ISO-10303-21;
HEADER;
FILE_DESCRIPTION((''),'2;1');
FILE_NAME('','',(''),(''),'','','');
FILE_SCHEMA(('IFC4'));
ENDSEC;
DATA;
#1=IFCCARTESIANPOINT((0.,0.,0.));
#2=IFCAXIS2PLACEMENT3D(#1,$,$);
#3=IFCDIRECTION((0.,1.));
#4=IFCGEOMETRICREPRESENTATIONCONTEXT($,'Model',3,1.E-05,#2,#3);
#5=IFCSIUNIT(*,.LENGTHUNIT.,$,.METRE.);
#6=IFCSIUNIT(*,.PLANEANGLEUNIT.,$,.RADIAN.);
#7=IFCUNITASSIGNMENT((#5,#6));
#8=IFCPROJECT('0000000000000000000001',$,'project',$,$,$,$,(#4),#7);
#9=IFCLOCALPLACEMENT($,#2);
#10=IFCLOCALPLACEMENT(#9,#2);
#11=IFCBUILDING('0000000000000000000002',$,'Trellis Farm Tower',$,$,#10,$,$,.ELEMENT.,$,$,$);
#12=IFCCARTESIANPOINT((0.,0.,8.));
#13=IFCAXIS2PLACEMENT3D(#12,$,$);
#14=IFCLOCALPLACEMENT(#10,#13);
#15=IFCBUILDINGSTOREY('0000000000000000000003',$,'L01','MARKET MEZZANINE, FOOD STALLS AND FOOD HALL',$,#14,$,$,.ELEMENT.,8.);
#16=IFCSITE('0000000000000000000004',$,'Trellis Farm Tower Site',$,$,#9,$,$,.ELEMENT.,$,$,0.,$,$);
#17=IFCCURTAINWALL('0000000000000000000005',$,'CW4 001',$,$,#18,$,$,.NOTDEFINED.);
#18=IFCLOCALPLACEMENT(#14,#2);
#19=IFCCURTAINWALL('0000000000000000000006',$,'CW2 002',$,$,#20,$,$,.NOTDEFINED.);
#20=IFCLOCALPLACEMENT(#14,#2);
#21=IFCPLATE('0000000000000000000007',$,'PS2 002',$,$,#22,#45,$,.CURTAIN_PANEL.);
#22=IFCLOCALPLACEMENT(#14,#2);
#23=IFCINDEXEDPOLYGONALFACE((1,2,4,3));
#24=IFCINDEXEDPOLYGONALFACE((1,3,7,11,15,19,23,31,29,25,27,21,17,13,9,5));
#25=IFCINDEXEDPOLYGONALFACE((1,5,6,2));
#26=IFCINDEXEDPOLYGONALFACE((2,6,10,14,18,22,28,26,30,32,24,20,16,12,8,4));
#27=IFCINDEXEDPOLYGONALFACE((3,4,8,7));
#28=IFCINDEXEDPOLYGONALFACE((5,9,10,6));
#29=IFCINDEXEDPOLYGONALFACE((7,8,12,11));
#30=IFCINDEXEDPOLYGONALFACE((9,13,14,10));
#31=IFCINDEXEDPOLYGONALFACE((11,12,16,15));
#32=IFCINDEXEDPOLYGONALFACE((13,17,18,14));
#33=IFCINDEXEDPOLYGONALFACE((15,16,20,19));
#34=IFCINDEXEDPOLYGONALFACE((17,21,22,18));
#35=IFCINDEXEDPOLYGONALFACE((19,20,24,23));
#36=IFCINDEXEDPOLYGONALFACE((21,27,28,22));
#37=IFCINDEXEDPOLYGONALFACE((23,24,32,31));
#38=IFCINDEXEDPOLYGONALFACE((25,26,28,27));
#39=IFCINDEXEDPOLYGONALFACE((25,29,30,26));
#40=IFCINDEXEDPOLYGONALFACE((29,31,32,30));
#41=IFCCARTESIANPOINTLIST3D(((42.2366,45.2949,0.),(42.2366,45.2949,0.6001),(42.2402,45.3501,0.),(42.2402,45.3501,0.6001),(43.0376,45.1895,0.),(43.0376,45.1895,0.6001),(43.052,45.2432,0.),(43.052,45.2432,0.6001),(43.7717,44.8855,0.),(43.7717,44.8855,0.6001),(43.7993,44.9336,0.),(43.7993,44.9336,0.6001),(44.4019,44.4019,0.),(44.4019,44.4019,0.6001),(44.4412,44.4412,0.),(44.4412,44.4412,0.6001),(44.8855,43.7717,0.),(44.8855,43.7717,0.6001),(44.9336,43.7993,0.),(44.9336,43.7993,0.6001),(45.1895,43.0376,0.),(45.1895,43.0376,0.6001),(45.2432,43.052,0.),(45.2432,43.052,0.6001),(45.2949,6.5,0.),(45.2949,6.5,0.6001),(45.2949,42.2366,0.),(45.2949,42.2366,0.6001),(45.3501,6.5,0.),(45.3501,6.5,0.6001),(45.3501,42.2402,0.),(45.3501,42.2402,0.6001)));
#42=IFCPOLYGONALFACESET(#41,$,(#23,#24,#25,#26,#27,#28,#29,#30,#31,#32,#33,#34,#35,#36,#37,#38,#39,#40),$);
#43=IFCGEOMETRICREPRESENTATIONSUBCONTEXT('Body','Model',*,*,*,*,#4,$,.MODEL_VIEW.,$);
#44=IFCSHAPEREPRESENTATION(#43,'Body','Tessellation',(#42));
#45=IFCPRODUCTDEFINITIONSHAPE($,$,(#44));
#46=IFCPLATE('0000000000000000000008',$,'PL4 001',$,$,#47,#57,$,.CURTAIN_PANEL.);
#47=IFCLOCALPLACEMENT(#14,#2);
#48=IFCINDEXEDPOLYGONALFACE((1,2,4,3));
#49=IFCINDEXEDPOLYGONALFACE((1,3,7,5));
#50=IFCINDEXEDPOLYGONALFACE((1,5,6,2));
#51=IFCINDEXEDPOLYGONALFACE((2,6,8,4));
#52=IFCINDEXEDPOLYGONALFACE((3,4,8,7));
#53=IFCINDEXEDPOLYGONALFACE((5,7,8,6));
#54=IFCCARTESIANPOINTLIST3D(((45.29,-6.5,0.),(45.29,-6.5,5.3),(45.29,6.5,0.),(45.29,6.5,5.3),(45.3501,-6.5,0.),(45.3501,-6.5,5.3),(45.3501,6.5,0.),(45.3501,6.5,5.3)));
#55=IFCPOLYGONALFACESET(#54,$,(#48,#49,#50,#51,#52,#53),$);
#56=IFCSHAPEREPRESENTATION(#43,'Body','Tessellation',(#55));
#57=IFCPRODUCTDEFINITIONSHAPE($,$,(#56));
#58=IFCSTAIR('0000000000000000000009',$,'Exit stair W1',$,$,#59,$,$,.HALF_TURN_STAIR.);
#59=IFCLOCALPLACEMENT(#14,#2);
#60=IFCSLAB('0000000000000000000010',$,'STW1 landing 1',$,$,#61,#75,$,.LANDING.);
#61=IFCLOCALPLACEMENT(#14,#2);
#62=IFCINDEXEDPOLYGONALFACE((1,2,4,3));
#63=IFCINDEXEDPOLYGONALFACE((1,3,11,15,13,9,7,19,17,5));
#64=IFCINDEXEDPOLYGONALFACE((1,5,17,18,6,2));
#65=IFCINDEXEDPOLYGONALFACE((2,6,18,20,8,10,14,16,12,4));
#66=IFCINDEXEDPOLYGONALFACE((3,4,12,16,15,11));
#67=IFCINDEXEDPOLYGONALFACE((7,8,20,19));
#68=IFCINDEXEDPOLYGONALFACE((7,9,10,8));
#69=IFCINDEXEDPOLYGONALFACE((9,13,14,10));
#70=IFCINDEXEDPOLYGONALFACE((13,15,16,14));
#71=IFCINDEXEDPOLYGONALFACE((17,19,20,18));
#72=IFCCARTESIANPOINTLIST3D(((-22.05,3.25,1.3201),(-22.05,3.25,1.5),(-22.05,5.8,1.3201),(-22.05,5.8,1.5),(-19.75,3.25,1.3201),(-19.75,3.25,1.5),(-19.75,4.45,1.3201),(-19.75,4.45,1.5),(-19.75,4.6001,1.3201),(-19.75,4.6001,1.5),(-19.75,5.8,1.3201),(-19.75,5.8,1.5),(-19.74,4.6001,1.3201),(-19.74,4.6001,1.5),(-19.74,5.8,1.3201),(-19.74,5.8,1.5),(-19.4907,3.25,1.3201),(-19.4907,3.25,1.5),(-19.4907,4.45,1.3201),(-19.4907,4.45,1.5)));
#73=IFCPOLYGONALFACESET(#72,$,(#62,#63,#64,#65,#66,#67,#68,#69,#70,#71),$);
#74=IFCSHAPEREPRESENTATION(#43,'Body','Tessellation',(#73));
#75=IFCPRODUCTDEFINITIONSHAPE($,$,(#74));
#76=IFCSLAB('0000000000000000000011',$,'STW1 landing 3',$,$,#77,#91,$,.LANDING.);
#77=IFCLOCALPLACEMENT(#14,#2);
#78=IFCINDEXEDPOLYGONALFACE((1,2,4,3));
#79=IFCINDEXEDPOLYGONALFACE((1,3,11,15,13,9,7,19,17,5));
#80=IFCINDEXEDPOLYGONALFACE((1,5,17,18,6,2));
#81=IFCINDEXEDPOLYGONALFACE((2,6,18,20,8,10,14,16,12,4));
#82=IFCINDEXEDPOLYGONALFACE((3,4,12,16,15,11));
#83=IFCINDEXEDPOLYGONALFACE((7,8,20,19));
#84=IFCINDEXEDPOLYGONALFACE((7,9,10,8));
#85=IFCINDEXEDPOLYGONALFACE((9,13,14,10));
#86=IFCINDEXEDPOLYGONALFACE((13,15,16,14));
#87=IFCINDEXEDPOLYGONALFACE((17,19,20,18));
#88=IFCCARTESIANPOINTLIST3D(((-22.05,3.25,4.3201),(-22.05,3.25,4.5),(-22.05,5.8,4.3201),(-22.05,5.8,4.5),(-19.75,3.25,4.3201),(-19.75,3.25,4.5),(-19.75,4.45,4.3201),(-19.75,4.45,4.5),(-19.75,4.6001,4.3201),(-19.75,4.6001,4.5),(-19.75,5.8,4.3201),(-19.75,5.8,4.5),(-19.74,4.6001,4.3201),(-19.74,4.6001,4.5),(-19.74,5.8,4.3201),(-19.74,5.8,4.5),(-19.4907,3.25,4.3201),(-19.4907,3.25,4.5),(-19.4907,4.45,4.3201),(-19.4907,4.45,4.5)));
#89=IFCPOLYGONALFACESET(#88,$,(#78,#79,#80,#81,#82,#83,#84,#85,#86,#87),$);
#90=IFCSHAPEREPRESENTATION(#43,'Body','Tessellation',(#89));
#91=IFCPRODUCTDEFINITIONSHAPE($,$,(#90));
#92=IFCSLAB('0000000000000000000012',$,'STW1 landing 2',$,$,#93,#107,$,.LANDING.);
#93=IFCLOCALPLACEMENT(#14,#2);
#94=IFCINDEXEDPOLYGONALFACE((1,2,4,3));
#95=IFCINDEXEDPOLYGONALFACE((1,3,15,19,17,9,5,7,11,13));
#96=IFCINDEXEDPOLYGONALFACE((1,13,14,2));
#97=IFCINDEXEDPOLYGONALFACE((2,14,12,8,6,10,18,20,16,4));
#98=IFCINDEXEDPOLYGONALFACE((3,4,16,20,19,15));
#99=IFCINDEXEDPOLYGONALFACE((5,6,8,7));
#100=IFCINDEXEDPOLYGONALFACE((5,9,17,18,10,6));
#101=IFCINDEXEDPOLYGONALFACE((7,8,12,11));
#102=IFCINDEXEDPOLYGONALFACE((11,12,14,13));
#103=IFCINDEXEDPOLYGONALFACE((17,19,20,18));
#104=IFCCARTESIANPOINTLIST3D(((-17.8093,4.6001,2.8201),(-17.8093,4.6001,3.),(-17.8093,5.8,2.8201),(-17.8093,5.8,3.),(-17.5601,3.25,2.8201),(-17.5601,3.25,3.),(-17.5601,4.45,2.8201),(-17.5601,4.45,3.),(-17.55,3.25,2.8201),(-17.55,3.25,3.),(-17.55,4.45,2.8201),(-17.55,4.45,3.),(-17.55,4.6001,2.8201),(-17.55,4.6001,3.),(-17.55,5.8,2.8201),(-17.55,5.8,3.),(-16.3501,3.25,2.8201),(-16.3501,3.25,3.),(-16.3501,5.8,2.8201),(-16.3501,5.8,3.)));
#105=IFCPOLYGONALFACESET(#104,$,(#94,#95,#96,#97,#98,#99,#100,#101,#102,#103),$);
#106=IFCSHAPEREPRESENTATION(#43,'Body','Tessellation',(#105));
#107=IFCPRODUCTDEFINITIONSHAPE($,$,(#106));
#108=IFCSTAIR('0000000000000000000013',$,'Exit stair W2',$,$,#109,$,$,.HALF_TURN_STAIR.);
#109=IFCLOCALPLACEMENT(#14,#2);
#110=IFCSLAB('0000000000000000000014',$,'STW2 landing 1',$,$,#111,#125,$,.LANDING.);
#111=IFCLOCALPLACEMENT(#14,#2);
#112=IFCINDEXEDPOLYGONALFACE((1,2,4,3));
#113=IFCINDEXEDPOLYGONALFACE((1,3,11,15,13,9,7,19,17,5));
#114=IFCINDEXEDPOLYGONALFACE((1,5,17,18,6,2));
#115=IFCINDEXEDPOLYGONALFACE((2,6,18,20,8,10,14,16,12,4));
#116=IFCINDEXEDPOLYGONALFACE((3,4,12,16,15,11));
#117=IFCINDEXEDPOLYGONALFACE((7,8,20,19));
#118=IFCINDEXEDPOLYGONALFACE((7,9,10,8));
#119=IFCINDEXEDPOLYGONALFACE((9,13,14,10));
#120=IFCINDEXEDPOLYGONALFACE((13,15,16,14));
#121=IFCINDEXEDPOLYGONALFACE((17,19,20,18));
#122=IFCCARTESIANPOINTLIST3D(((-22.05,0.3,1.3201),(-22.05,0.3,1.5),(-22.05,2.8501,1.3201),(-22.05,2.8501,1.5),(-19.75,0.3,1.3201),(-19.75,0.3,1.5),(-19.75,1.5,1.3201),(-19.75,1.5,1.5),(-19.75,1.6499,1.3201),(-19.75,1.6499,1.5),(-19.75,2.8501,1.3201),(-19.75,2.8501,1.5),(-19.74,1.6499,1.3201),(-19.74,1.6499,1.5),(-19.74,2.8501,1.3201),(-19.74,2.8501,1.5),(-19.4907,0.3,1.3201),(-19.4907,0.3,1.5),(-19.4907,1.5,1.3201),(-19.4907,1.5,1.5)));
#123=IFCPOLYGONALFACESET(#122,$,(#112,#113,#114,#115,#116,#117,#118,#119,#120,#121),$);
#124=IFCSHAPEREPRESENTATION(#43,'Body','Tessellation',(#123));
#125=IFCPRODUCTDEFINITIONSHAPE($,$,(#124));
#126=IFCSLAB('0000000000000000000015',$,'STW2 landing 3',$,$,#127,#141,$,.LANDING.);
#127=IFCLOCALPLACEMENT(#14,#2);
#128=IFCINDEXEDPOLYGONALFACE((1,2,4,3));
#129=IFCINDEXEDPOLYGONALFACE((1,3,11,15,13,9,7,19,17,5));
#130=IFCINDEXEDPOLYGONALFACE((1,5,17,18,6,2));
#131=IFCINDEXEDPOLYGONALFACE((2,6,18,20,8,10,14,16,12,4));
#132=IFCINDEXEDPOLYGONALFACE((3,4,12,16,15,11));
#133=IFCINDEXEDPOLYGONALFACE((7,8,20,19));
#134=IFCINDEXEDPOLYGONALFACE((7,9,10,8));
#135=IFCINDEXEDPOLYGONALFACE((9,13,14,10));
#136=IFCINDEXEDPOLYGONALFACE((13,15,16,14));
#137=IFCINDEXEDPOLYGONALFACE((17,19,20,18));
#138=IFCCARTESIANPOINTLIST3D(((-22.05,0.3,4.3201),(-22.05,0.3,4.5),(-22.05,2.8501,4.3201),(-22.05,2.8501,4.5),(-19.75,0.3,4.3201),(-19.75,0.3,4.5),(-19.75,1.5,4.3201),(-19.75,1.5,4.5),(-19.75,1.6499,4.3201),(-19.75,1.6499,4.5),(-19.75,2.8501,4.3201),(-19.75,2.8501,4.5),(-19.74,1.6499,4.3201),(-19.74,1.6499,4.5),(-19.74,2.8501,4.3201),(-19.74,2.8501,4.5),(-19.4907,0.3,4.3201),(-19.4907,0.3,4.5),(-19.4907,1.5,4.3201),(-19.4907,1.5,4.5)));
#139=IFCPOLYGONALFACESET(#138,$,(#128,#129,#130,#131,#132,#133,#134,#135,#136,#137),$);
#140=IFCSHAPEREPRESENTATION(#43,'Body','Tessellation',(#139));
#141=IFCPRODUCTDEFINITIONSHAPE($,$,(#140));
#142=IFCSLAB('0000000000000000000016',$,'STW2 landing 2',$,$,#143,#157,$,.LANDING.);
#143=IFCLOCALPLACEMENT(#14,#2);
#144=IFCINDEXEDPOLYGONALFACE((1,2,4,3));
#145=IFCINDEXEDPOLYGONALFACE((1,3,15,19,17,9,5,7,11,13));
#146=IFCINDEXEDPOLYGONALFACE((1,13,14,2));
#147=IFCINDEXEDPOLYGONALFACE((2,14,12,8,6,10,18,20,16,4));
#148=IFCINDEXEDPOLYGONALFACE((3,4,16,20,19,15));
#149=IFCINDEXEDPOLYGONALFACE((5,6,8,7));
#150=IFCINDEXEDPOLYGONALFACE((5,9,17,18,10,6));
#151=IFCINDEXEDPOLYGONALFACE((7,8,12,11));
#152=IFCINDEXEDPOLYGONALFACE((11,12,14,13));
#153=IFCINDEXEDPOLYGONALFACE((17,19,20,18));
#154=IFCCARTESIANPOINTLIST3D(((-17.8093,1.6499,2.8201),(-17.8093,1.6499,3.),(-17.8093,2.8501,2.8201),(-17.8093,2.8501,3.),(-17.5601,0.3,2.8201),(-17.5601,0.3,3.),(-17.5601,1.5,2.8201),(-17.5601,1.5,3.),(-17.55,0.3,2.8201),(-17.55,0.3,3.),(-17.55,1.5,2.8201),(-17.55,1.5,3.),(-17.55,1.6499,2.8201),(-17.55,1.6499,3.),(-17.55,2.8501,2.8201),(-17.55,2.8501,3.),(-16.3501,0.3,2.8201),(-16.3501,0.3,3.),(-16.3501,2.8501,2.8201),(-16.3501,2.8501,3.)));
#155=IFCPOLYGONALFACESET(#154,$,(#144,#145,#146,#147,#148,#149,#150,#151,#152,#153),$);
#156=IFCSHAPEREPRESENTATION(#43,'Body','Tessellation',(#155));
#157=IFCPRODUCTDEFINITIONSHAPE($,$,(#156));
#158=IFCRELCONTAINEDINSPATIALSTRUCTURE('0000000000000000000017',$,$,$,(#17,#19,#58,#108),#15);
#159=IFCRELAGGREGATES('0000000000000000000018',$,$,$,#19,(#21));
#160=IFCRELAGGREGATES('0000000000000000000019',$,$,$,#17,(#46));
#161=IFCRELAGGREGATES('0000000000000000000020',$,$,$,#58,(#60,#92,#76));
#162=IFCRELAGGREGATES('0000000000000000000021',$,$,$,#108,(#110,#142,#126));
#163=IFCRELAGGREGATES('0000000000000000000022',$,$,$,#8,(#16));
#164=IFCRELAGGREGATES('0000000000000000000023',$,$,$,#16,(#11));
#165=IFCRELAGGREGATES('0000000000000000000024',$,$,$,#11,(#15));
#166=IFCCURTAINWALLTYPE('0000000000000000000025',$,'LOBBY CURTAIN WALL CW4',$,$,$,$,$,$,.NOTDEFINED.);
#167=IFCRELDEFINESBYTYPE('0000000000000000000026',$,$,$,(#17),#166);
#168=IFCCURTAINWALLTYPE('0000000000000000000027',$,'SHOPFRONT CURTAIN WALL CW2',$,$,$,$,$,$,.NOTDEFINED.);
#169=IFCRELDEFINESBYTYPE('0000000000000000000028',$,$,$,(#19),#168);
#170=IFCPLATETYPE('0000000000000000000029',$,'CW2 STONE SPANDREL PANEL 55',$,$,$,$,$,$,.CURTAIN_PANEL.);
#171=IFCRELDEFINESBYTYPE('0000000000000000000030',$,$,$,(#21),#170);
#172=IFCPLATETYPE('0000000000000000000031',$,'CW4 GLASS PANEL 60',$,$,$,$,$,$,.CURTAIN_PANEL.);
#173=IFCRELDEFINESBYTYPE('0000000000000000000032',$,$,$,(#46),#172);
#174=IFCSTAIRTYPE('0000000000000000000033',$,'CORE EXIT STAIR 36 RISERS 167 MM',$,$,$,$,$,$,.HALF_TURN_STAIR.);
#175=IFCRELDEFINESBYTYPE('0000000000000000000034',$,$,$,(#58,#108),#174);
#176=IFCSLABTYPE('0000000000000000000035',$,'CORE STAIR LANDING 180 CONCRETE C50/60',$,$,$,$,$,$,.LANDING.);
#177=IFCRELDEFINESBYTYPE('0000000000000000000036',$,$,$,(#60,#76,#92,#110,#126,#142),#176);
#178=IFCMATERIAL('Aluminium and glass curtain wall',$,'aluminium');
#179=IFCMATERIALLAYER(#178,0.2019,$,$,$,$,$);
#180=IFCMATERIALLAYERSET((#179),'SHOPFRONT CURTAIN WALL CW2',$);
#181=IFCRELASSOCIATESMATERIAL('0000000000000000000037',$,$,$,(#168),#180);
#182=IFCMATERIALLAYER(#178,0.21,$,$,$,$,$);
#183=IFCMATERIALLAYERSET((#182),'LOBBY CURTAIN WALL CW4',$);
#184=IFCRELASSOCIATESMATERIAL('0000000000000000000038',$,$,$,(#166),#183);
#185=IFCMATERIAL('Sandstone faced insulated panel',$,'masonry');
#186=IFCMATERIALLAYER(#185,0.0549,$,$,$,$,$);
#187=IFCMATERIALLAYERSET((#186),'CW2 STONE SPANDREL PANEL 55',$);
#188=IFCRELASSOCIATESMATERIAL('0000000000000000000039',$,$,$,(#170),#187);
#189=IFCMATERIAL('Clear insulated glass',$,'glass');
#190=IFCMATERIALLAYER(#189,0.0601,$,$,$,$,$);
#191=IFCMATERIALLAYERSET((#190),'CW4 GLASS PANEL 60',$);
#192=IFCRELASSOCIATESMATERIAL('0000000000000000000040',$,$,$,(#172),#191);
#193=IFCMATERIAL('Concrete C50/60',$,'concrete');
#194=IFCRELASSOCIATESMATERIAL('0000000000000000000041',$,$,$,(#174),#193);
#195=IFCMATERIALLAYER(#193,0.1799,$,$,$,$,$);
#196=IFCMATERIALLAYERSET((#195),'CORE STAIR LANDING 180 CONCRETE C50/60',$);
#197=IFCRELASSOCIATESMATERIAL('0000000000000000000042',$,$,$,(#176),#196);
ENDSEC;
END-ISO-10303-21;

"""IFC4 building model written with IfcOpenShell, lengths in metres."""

from ifc_helpers import new_model, si_unit, direction, frame, origin, place, context, subcontext, project, spatial, polyline, outline, extrude, source, transform, mapped, material, layer, layer_set, type_object, element, aggregate, save


model = new_model("IFC4")

# Units and contexts
model_context = context("Model", 3, precision=1e-05, world=origin(), true_north=direction((0.0, 1.0)))
body_context = subcontext(model_context, "Body", "Model", "MODEL_VIEW")
ifc_project = project(units=[si_unit("LENGTHUNIT", "METRE"), si_unit("PLANEANGLEUNIT", "RADIAN")], contexts=[model_context])

# Site, building, storey
site_placement = place(None, origin())
site = spatial("IfcSite", under=ifc_project, at=site_placement, Name="Trellis Farm Tower Site", CompositionType="ELEMENT", RefElevation=0.0)
building_placement = place(site_placement, origin())
building = spatial("IfcBuilding", under=site, at=building_placement, Name="Trellis Farm Tower", CompositionType="ELEMENT")
storey_placement = place(building_placement, frame((0.0, 0.0, 8.0)))
storey = spatial("IfcBuildingStorey", under=building, at=storey_placement, Name="L01", Description="MARKET MEZZANINE, FOOD STALLS AND FOOD HALL", CompositionType="ELEMENT", Elevation=8.0)

# Curtain wall
ifc_material_1 = material(Name="Aluminium and glass curtain wall", Category="aluminium")
ifc_layer_1 = layer(ifc_material_1, 0.2019)
ifc_layer_set_1 = layer_set([ifc_layer_1], Name="SHOPFRONT CURTAIN WALL CW2")
curtain_wall_type_1 = type_object("IfcCurtainWallType", Name="SHOPFRONT CURTAIN WALL CW2", PredefinedType="NOTDEFINED", material=ifc_layer_set_1)
placement_1 = place(storey_placement, origin())
ifc_layer_2 = layer(ifc_material_1, 0.21)
ifc_layer_set_2 = layer_set([ifc_layer_2], Name="LOBBY CURTAIN WALL CW4")
curtain_wall_type_2 = type_object("IfcCurtainWallType", Name="LOBBY CURTAIN WALL CW4", PredefinedType="NOTDEFINED", material=ifc_layer_set_2)
curtain_wall_1 = element("IfcCurtainWall", 1, at=placement_1, inside=storey, type_object=curtain_wall_type_2, Name="CW4 001", PredefinedType="NOTDEFINED")

# Shared definitions
ifc_material_2 = material(Name="Concrete C50/60", Category="concrete")

# Shared definitions
ifc_material_3 = material(Name="Clear insulated glass", Category="glass")

# Curtain wall
curtain_wall_2 = element("IfcCurtainWall", 2, at=placement_1, inside=storey, type_object=curtain_wall_type_1, Name="CW2 002", PredefinedType="NOTDEFINED")

# Plates
ifc_material_4 = material(Name="Sandstone faced insulated panel", Category="masonry")
ifc_layer_3 = layer(ifc_material_4, 0.0549)
ifc_layer_set_3 = layer_set([ifc_layer_3], Name="CW2 STONE SPANDREL PANEL 55")
plate_type_1 = type_object("IfcPlateType", Name="CW2 STONE SPANDREL PANEL 55", PredefinedType="CURTAIN_PANEL", material=ifc_layer_set_3)
plate_1 = element("IfcPlate", 3, at=placement_1, type_object=plate_type_1, Name="PS2 002", PredefinedType="CURTAIN_PANEL", context=body_context, shape_type="SweptSolid", body=[
    extrude(outline(polyline([(45.3501, 6.5), (45.3501, 42.2402), (45.2432, 43.052), (44.9336, 43.7993), (44.4412, 44.4412), (43.7993, 44.9336), (43.052, 45.2432), (42.2402, 45.3501), (42.2366, 45.2949), (43.0376, 45.1895), (43.7717, 44.8855), (44.4019, 44.4019), (44.8855, 43.7717), (45.1895, 43.0376), (45.2949, 42.2366), (45.2949, 6.5), (45.3501, 6.5)])), origin(), (0.0, 0.0, 1.0), 0.6001),
])
aggregate(curtain_wall_2, [plate_1])
ifc_layer_4 = layer(ifc_material_3, 0.0601)
ifc_layer_set_4 = layer_set([ifc_layer_4], Name="CW4 GLASS PANEL 60")
plate_type_2 = type_object("IfcPlateType", Name="CW4 GLASS PANEL 60", PredefinedType="CURTAIN_PANEL", material=ifc_layer_set_4)
plate_2 = element("IfcPlate", 4, at=placement_1, type_object=plate_type_2, Name="PL4 001", PredefinedType="CURTAIN_PANEL", context=body_context, shape_type="SweptSolid", body=[
    extrude(outline(polyline([(45.3501, -6.5), (45.3501, 6.5), (45.29, 6.5), (45.29, -6.5), (45.3501, -6.5)])), origin(), (0.0, 0.0, 1.0), 5.3),
])
aggregate(curtain_wall_1, [plate_2])

# Stairs, slabs
stair_type_1 = type_object("IfcStairType", Name="CORE EXIT STAIR 36 RISERS 167 MM", PredefinedType="HALF_TURN_STAIR", material=ifc_material_2)
stair_1 = element("IfcStair", 5, at=placement_1, inside=storey, type_object=stair_type_1, Name="Exit stair W1", PredefinedType="HALF_TURN_STAIR")
ifc_layer_5 = layer(ifc_material_2, 0.1799)
ifc_layer_set_5 = layer_set([ifc_layer_5], Name="CORE STAIR LANDING 180 CONCRETE C50/60")
slab_type_1 = type_object("IfcSlabType", Name="CORE STAIR LANDING 180 CONCRETE C50/60", PredefinedType="LANDING", material=ifc_layer_set_5)
shared_shape_1 = source(origin(), body_context, "Body", "SweptSolid", [
    extrude(outline(polyline([(-19.4907, 4.45), (-19.4907, 3.25), (-19.75, 3.25), (-22.05, 3.25), (-22.05, 5.8), (-19.75, 5.8), (-19.74, 5.8), (-19.74, 4.6001), (-19.75, 4.6001), (-19.75, 4.45), (-19.4907, 4.45)])), origin(), (0.0, 0.0, 1.0), 0.1799),
])
placement_2 = place(storey_placement, frame((0.0, 0.0, 1.3201)))
slab_1 = element("IfcSlab", 6, at=placement_2, type_object=slab_type_1, Name="STW1 landing 1", PredefinedType="LANDING", context=body_context, shape_type="MappedRepresentation", body=[
    mapped(shared_shape_1, transform((0.0, 0.0, 0.0))),
])
placement_3 = place(storey_placement, frame((0.0, 0.0, 4.3201)))
slab_2 = element("IfcSlab", 7, at=placement_3, type_object=slab_type_1, Name="STW1 landing 3", PredefinedType="LANDING", context=body_context, shape_type="MappedRepresentation", body=[
    mapped(shared_shape_1, transform((0.0, 0.0, 0.0))),
])
shared_shape_2 = source(origin(), body_context, "Body", "SweptSolid", [
    extrude(outline(polyline([(-17.5601, 3.25), (-17.5601, 4.45), (-17.55, 4.45), (-17.55, 4.6001), (-17.8093, 4.6001), (-17.8093, 5.8), (-17.55, 5.8), (-16.3501, 5.8), (-16.3501, 3.25), (-17.55, 3.25), (-17.5601, 3.25)])), origin(), (0.0, 0.0, 1.0), 0.1799),
])
placement_4 = place(storey_placement, frame((0.0, 0.0, 2.8201)))
slab_3 = element("IfcSlab", 8, at=placement_4, type_object=slab_type_1, Name="STW1 landing 2", PredefinedType="LANDING", context=body_context, shape_type="MappedRepresentation", body=[
    mapped(shared_shape_2, transform((0.0, 0.0, 0.0))),
])
aggregate(stair_1, [slab_1, slab_3, slab_2])
stair_2 = element("IfcStair", 9, at=placement_1, inside=storey, type_object=stair_type_1, Name="Exit stair W2", PredefinedType="HALF_TURN_STAIR")
shared_shape_3 = source(origin(), body_context, "Body", "SweptSolid", [
    extrude(outline(polyline([(-19.4907, 1.5), (-19.4907, 0.3), (-19.75, 0.3), (-22.05, 0.3), (-22.05, 2.8501), (-19.75, 2.8501), (-19.74, 2.8501), (-19.74, 1.6499), (-19.75, 1.6499), (-19.75, 1.5), (-19.4907, 1.5)])), origin(), (0.0, 0.0, 1.0), 0.1799),
])
slab_4 = element("IfcSlab", 10, at=placement_2, type_object=slab_type_1, Name="STW2 landing 1", PredefinedType="LANDING", context=body_context, shape_type="MappedRepresentation", body=[
    mapped(shared_shape_3, transform((0.0, 0.0, 0.0))),
])
slab_5 = element("IfcSlab", 11, at=placement_3, type_object=slab_type_1, Name="STW2 landing 3", PredefinedType="LANDING", context=body_context, shape_type="MappedRepresentation", body=[
    mapped(shared_shape_3, transform((0.0, 0.0, 0.0))),
])
shared_shape_4 = source(origin(), body_context, "Body", "SweptSolid", [
    extrude(outline(polyline([(-17.5601, 0.3), (-17.5601, 1.5), (-17.55, 1.5), (-17.55, 1.6499), (-17.8093, 1.6499), (-17.8093, 2.8501), (-17.55, 2.8501), (-16.3501, 2.8501), (-16.3501, 0.3), (-17.55, 0.3), (-17.5601, 0.3)])), origin(), (0.0, 0.0, 1.0), 0.1799),
])
slab_6 = element("IfcSlab", 12, at=placement_4, type_object=slab_type_1, Name="STW2 landing 2", PredefinedType="LANDING", context=body_context, shape_type="MappedRepresentation", body=[
    mapped(shared_shape_4, transform((0.0, 0.0, 0.0))),
])
aggregate(stair_2, [slab_4, slab_6, slab_5])

save(model, "model.ifc")
